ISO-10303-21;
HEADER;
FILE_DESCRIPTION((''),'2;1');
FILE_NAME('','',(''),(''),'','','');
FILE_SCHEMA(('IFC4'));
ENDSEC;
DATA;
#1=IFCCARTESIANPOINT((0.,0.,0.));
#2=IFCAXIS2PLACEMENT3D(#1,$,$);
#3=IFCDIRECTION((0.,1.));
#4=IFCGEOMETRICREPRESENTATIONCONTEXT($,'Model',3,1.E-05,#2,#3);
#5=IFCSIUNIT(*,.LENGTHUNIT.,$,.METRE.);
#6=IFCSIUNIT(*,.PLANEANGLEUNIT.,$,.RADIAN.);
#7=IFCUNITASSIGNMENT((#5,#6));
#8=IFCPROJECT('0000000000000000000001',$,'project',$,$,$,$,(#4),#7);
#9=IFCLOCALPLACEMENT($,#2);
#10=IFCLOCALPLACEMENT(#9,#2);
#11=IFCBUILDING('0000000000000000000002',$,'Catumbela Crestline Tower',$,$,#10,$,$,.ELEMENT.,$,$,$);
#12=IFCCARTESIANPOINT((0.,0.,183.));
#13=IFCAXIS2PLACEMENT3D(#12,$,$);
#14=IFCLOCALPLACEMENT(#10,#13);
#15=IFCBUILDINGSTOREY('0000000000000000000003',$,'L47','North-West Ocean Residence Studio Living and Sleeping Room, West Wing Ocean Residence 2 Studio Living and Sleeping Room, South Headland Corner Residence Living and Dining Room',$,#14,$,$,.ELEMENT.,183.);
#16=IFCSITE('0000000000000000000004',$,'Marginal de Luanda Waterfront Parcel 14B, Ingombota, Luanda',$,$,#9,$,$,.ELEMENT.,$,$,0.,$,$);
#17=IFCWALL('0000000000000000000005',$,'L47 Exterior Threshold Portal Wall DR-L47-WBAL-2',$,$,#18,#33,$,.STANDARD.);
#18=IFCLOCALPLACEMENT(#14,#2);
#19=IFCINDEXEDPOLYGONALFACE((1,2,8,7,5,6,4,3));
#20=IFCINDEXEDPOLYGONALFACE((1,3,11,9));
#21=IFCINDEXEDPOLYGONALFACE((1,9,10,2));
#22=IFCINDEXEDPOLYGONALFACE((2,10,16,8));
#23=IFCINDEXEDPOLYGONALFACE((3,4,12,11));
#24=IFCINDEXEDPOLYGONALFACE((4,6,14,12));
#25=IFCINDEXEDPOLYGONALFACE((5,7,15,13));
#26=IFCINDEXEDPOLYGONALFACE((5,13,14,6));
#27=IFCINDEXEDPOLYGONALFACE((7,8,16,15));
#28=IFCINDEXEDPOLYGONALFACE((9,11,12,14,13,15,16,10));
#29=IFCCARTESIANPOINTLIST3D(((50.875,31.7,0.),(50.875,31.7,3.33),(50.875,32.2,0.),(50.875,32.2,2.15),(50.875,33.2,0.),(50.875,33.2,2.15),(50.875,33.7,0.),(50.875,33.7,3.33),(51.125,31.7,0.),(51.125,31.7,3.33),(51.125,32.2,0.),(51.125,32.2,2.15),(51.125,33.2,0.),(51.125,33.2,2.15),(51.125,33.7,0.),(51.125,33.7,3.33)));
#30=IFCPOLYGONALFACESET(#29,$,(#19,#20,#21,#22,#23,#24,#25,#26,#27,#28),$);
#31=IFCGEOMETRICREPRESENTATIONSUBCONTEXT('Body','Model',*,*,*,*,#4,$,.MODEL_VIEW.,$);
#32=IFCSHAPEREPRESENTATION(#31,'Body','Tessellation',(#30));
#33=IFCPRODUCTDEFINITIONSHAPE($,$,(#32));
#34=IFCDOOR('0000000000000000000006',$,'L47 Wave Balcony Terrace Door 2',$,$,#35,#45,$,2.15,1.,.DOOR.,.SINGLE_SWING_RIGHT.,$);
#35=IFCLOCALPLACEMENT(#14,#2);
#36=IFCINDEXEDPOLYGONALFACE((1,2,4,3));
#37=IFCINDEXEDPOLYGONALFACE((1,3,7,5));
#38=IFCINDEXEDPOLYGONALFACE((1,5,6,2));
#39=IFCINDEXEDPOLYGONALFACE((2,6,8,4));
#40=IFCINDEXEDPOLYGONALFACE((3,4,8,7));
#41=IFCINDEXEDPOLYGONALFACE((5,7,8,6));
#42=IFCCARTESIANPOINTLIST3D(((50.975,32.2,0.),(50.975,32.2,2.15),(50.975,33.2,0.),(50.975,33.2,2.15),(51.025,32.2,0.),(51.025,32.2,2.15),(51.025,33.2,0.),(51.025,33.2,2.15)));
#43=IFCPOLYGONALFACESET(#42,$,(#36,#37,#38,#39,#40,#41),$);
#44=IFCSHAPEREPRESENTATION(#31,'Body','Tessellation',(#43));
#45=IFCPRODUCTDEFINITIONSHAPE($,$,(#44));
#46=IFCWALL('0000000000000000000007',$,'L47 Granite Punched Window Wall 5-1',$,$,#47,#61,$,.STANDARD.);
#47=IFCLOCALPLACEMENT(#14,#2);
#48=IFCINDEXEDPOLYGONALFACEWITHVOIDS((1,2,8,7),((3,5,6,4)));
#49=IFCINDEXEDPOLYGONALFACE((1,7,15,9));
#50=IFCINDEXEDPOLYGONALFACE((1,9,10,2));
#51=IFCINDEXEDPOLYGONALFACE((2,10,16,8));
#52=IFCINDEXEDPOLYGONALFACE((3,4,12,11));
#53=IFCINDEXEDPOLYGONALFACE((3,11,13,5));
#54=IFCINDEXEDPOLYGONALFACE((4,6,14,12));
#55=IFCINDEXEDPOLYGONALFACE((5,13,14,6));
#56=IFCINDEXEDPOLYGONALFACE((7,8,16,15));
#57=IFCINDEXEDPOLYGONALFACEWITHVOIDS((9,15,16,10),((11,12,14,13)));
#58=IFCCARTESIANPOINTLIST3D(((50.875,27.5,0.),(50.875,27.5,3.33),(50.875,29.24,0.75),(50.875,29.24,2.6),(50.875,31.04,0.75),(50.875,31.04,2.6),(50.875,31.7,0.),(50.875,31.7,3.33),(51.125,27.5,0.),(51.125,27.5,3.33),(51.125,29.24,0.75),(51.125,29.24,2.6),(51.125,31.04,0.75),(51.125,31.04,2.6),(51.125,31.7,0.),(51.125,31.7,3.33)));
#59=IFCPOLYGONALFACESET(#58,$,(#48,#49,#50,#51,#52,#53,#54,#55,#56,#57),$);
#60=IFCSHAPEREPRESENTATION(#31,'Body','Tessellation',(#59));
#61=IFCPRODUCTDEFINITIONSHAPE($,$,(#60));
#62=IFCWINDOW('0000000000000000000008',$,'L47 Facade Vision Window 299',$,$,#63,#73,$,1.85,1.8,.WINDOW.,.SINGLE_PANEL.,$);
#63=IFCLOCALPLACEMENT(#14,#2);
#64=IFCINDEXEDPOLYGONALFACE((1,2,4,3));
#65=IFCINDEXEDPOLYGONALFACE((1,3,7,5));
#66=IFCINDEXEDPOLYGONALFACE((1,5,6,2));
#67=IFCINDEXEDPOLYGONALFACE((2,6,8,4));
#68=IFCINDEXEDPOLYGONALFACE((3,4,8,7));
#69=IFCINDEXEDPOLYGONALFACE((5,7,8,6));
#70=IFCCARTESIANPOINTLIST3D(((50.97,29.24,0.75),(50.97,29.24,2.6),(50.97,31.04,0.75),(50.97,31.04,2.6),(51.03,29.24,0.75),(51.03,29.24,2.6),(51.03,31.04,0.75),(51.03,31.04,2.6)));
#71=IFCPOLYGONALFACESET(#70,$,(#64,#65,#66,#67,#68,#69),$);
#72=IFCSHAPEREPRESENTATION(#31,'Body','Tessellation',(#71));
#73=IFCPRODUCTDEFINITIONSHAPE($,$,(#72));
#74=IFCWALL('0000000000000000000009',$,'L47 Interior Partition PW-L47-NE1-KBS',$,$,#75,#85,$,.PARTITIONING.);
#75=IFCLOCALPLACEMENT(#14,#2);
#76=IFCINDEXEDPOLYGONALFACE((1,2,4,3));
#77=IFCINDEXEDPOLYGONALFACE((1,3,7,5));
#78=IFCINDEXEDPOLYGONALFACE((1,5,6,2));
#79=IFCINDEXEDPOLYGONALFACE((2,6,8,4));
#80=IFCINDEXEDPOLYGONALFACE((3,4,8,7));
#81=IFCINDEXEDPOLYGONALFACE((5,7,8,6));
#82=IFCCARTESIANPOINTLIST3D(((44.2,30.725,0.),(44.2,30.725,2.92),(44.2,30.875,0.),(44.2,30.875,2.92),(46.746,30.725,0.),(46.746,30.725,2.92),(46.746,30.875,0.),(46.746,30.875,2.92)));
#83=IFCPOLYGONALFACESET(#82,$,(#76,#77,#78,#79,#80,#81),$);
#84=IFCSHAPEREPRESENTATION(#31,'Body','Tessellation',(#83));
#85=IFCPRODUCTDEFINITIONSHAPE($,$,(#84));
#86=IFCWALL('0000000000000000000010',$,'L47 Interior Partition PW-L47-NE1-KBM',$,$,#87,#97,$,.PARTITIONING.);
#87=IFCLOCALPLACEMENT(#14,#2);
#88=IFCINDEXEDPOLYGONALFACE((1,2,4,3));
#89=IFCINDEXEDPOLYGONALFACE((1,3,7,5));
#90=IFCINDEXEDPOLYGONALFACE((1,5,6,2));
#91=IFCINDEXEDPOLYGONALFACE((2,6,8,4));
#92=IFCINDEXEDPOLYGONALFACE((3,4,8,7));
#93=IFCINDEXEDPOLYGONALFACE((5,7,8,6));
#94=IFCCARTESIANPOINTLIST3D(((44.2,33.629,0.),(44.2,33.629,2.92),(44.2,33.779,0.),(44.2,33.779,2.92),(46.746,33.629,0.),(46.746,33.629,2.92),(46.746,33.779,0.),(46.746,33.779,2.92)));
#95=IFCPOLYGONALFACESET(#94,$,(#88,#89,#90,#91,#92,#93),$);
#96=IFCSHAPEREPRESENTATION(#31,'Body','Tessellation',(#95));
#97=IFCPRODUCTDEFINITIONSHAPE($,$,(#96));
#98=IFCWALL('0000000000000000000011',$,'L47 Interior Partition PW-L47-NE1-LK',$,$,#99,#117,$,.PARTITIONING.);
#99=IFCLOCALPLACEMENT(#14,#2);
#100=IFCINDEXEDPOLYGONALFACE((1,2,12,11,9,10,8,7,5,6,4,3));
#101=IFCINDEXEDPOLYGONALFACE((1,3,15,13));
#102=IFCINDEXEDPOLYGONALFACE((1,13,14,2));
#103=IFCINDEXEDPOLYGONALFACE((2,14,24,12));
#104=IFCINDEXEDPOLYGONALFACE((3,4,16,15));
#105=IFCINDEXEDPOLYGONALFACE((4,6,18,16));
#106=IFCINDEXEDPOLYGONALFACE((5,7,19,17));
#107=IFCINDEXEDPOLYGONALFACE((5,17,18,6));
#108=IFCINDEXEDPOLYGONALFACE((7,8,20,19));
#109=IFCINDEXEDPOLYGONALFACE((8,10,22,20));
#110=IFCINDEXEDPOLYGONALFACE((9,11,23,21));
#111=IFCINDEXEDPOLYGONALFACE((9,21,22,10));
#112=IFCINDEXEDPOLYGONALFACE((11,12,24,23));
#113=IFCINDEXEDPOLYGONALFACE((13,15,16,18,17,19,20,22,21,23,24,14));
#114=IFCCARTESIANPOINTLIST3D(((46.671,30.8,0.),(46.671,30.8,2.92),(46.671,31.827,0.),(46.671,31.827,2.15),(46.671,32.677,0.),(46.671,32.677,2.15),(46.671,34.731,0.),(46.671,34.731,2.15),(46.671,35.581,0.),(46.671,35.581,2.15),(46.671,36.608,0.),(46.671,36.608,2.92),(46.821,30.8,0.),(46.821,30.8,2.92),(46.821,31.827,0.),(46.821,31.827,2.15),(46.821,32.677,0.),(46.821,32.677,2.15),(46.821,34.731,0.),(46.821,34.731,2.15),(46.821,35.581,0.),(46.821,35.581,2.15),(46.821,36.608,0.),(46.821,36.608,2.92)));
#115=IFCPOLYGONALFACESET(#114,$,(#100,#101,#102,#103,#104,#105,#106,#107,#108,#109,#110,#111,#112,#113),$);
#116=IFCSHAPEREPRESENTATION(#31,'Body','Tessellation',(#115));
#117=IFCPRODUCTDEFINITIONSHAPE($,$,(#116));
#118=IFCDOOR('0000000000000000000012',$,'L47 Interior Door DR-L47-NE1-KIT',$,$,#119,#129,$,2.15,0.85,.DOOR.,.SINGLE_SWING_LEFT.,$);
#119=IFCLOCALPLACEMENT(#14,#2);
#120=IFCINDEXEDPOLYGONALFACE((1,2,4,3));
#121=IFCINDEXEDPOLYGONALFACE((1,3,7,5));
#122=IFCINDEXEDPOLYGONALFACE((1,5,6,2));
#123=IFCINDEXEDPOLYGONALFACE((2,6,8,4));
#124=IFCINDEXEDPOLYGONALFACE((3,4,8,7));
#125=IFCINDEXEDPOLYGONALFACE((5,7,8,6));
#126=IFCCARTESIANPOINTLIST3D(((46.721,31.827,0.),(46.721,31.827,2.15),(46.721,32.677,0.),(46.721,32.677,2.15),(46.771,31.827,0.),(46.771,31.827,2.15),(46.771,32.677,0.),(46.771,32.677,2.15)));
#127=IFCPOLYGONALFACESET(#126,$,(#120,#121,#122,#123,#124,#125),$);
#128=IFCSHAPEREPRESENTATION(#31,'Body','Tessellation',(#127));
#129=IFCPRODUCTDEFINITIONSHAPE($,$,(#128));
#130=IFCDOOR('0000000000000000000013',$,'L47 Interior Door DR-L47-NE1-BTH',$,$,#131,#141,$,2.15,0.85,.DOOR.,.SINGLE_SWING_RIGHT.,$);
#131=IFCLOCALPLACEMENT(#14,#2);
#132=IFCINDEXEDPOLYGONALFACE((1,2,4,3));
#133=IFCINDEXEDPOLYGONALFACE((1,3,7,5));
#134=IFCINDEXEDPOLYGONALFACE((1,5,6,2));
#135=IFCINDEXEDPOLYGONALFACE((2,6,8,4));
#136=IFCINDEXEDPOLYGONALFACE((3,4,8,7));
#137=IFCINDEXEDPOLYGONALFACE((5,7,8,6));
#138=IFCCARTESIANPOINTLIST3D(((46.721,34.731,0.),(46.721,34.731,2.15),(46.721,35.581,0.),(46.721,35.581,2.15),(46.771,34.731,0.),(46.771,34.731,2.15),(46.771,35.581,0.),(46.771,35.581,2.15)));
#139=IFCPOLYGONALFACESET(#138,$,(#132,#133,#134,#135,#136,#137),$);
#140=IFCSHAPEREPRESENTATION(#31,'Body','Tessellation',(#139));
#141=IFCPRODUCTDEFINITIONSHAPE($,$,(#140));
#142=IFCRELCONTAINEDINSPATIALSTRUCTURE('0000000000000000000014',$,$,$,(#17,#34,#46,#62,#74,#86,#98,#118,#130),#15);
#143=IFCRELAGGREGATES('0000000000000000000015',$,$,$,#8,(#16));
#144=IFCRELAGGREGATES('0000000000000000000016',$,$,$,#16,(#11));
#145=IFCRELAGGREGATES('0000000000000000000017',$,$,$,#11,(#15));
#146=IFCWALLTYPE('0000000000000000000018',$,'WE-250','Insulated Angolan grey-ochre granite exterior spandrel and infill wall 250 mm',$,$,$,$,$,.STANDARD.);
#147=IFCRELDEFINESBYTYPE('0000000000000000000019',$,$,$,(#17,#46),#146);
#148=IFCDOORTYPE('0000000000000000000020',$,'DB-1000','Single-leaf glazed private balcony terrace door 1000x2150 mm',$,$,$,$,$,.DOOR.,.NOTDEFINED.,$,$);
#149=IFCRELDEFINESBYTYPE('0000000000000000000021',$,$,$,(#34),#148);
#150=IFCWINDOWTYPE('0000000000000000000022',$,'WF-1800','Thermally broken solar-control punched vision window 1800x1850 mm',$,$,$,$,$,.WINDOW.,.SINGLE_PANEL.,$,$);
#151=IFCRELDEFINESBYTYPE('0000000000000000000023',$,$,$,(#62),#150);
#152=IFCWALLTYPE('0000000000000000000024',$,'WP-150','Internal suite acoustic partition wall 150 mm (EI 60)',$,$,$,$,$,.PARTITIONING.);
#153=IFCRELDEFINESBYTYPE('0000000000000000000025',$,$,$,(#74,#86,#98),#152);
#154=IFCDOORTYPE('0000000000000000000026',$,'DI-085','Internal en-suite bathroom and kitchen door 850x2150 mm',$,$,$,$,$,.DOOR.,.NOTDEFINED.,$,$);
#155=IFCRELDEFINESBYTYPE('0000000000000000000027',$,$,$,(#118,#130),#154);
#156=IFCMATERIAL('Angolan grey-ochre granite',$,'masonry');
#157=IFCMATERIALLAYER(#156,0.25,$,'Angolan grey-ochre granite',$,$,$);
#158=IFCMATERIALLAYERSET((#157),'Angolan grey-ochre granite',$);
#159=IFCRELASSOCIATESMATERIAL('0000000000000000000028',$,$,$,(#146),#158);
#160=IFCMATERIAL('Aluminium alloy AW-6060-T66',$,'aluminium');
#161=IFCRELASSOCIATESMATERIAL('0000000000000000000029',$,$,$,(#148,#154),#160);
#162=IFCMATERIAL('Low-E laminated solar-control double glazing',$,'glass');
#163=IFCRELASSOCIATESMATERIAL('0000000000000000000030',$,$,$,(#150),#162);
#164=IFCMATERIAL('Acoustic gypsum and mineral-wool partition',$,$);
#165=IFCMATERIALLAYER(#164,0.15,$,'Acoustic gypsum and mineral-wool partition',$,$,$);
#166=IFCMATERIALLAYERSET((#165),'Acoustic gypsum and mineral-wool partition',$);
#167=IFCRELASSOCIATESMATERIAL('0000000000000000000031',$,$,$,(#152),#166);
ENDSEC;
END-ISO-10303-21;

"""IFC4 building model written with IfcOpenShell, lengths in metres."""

from ifc_helpers import new_model, si_unit, direction, frame, frame_2d, origin, place, context, subcontext, project, spatial, rectangle, extrude, material, layer, layer_set, type_object, element, fill, save


model = new_model("IFC4")

# Units and contexts
model_context = context("Model", 3, precision=1e-05, world=origin(), true_north=direction((0.0, 1.0)))
body_context = subcontext(model_context, "Body", "Model", "MODEL_VIEW")
ifc_project = project(units=[si_unit("LENGTHUNIT", "METRE"), si_unit("PLANEANGLEUNIT", "RADIAN")], contexts=[model_context])

# Site, building, storey
site_placement = place(None, origin())
site = spatial("IfcSite", under=ifc_project, at=site_placement, Name="Marginal de Luanda Waterfront Parcel 14B, Ingombota, Luanda", CompositionType="ELEMENT", RefElevation=0.0)
building_placement = place(site_placement, origin())
building = spatial("IfcBuilding", under=site, at=building_placement, Name="Catumbela Crestline Tower", CompositionType="ELEMENT")
storey_placement = place(building_placement, frame((0.0, 0.0, 183.0)))
storey = spatial("IfcBuildingStorey", under=building, at=storey_placement, Name="L47", Description="North-West Ocean Residence Studio Living and Sleeping Room, West Wing Ocean Residence 2 Studio Living and Sleeping Room, South Headland Corner Residence Living and Dining Room", CompositionType="ELEMENT", Elevation=183.0)

# Shared definitions
ifc_material_1 = material(Name="Aluminium alloy AW-6060-T66", Category="aluminium")

# Shared definitions
ifc_material_2 = material(Name="Low-E laminated solar-control double glazing", Category="glass")

# Wall, opening, door
ifc_material_3 = material(Name="Acoustic gypsum and mineral-wool partition")
ifc_material_4 = material(Name="Angolan grey-ochre granite", Category="masonry")
ifc_layer_1 = layer(ifc_material_4, 0.25, Name="Angolan grey-ochre granite")
ifc_layer_set_1 = layer_set([ifc_layer_1], Name="Angolan grey-ochre granite")
wall_type_1 = type_object("IfcWallType", Name="WE-250", Description="Insulated Angolan grey-ochre granite exterior spandrel and infill wall 250 mm", PredefinedType="STANDARD", material=ifc_layer_set_1)
wall_1_placement = place(storey_placement, frame((51.0, 31.7, 0.0), z_axis=(0.0, 0.0, 1.0), x_axis=(0.0, 1.0, 0.0)))
wall_1 = element("IfcWall", 1, at=wall_1_placement, inside=storey, type_object=wall_type_1, Name="L47 Exterior Threshold Portal Wall DR-L47-WBAL-2", PredefinedType="STANDARD", context=body_context, shape_type="SweptSolid", body=[
    extrude(rectangle(XDim=2.0, YDim=0.25, at=frame_2d((1.0, 0.0))), origin(), (0.0, 0.0, 1.0), 3.33),
])
opening_1_placement = place(wall_1_placement, frame((0.5, 0.0, 0.0)))
opening_1 = element("IfcOpeningElement", 2, at=opening_1_placement, cuts=wall_1, PredefinedType="OPENING", context=body_context, shape_type="SweptSolid", body=[
    extrude(rectangle(XDim=1.0, YDim=2.15, at=frame_2d((0.5, 1.075))), frame((0.0, 0.135, 0.0), z_axis=(0.0, -1.0, 0.0), x_axis=(1.0, 0.0, 0.0)), (0.0, 0.0, 1.0), 0.27),
])
door_type_1 = type_object("IfcDoorType", Name="DB-1000", Description="Single-leaf glazed private balcony terrace door 1000x2150 mm", OperationType="NOTDEFINED", PredefinedType="DOOR", material=ifc_material_1)
door_1_placement = place(opening_1_placement, origin())
door_1 = element("IfcDoor", 3, at=door_1_placement, inside=storey, type_object=door_type_1, Name="L47 Wave Balcony Terrace Door 2", OperationType="SINGLE_SWING_RIGHT", OverallHeight=2.15, OverallWidth=1.0, PredefinedType="DOOR", context=body_context, shape_type="SweptSolid", body=[
    extrude(rectangle(XDim=1.0, YDim=2.15, at=frame_2d((0.5, 1.075))), frame((0.0, 0.025, 0.0), z_axis=(0.0, -1.0, 0.0), x_axis=(1.0, 0.0, 0.0)), (0.0, 0.0, 1.0), 0.05),
])
fill(opening_1, door_1)

# Wall, opening, window
wall_2_placement = place(storey_placement, frame((51.0, 27.5, 0.0), z_axis=(0.0, 0.0, 1.0), x_axis=(0.0, 1.0, 0.0)))
wall_2 = element("IfcWall", 4, at=wall_2_placement, inside=storey, type_object=wall_type_1, Name="L47 Granite Punched Window Wall 5-1", PredefinedType="STANDARD", context=body_context, shape_type="SweptSolid", body=[
    extrude(rectangle(XDim=4.2, YDim=0.25, at=frame_2d((2.1, 0.0))), origin(), (0.0, 0.0, 1.0), 3.33),
])
opening_2_placement = place(wall_2_placement, frame((1.74, 0.0, 0.75)))
opening_2 = element("IfcOpeningElement", 5, at=opening_2_placement, cuts=wall_2, PredefinedType="OPENING", context=body_context, shape_type="SweptSolid", body=[
    extrude(rectangle(XDim=1.8, YDim=1.85, at=frame_2d((0.9, 0.925))), frame((0.0, 0.135, 0.0), z_axis=(0.0, -1.0, 0.0), x_axis=(1.0, 0.0, 0.0)), (0.0, 0.0, 1.0), 0.27),
])
window_type = type_object("IfcWindowType", Name="WF-1800", Description="Thermally broken solar-control punched vision window 1800x1850 mm", PartitioningType="SINGLE_PANEL", PredefinedType="WINDOW", material=ifc_material_2)
window_placement = place(opening_2_placement, origin())
window = element("IfcWindow", 6, at=window_placement, inside=storey, type_object=window_type, Name="L47 Facade Vision Window 299", OverallHeight=1.85, OverallWidth=1.8, PartitioningType="SINGLE_PANEL", PredefinedType="WINDOW", context=body_context, shape_type="SweptSolid", body=[
    extrude(rectangle(XDim=1.8, YDim=1.85, at=frame_2d((0.9, 0.925))), frame((0.0, 0.03, 0.0), z_axis=(0.0, -1.0, 0.0), x_axis=(1.0, 0.0, 0.0)), (0.0, 0.0, 1.0), 0.06),
])
fill(opening_2, window)

# Walls
ifc_layer_2 = layer(ifc_material_3, 0.15, Name="Acoustic gypsum and mineral-wool partition")
ifc_layer_set_2 = layer_set([ifc_layer_2], Name="Acoustic gypsum and mineral-wool partition")
wall_type_2 = type_object("IfcWallType", Name="WP-150", Description="Internal suite acoustic partition wall 150 mm (EI 60)", PredefinedType="PARTITIONING", material=ifc_layer_set_2)
for number, where, z_axis, x_axis, name in (
    (7, (44.2, 30.8, 0.0), (0.0, 0.0, 1.0), (1.0, 0.0, 0.0), "L47 Interior Partition PW-L47-NE1-KBS"),
    (8, (44.2, 33.704, 0.0), (0.0, 0.0, 1.0), (1.0, 0.0, 0.0), "L47 Interior Partition PW-L47-NE1-KBM"),
):
    element("IfcWall", number, at=place(storey_placement, frame(where, z_axis=z_axis, x_axis=x_axis)), inside=storey, type_object=wall_type_2, Name=name, PredefinedType="PARTITIONING", context=body_context, shape_type="SweptSolid", body=[
        extrude(rectangle(XDim=2.546, YDim=0.15, at=frame_2d((1.273, 0.0))), origin(), (0.0, 0.0, 1.0), 2.92),
    ])

# Wall, openings, doors
wall_3_placement = place(storey_placement, frame((46.746, 30.8, 0.0), z_axis=(0.0, 0.0, 1.0), x_axis=(0.0, 1.0, 0.0)))
wall_3 = element("IfcWall", 9, at=wall_3_placement, inside=storey, type_object=wall_type_2, Name="L47 Interior Partition PW-L47-NE1-LK", PredefinedType="PARTITIONING", context=body_context, shape_type="SweptSolid", body=[
    extrude(rectangle(XDim=5.808, YDim=0.15, at=frame_2d((2.904, 0.0))), origin(), (0.0, 0.0, 1.0), 2.92),
])
opening_3_placement = place(wall_3_placement, frame((1.027, 0.0, 0.0)))
opening_3 = element("IfcOpeningElement", 10, at=opening_3_placement, cuts=wall_3, PredefinedType="OPENING", context=body_context, shape_type="SweptSolid", body=[
    extrude(rectangle(XDim=0.85, YDim=2.15, at=frame_2d((0.425, 1.075))), frame((0.0, 0.085, 0.0), z_axis=(0.0, -1.0, 0.0), x_axis=(1.0, 0.0, 0.0)), (0.0, 0.0, 1.0), 0.17),
])
opening_4_placement = place(wall_3_placement, frame((3.931, 0.0, 0.0)))
opening_4 = element("IfcOpeningElement", 11, at=opening_4_placement, cuts=wall_3, PredefinedType="OPENING", context=body_context, shape_type="SweptSolid", body=[
    extrude(rectangle(XDim=0.85, YDim=2.15, at=frame_2d((0.425, 1.075))), frame((0.0, 0.085, 0.0), z_axis=(0.0, -1.0, 0.0), x_axis=(1.0, 0.0, 0.0)), (0.0, 0.0, 1.0), 0.17),
])
door_type_2 = type_object("IfcDoorType", Name="DI-085", Description="Internal en-suite bathroom and kitchen door 850x2150 mm", OperationType="NOTDEFINED", PredefinedType="DOOR", material=ifc_material_1)
door_2_placement = place(opening_3_placement, origin())
door_2 = element("IfcDoor", 12, at=door_2_placement, inside=storey, type_object=door_type_2, Name="L47 Interior Door DR-L47-NE1-KIT", OperationType="SINGLE_SWING_LEFT", OverallHeight=2.15, OverallWidth=0.85, PredefinedType="DOOR", context=body_context, shape_type="SweptSolid", body=[
    extrude(rectangle(XDim=0.85, YDim=2.15, at=frame_2d((0.425, 1.075))), frame((0.0, 0.025, 0.0), z_axis=(0.0, -1.0, 0.0), x_axis=(1.0, 0.0, 0.0)), (0.0, 0.0, 1.0), 0.05),
])
fill(opening_3, door_2)
door_3_placement = place(opening_4_placement, origin())
door_3 = element("IfcDoor", 13, at=door_3_placement, inside=storey, type_object=door_type_2, Name="L47 Interior Door DR-L47-NE1-BTH", OperationType="SINGLE_SWING_RIGHT", OverallHeight=2.15, OverallWidth=0.85, PredefinedType="DOOR", context=body_context, shape_type="SweptSolid", body=[
    extrude(rectangle(XDim=0.85, YDim=2.15, at=frame_2d((0.425, 1.075))), frame((0.0, 0.025, 0.0), z_axis=(0.0, -1.0, 0.0), x_axis=(1.0, 0.0, 0.0)), (0.0, 0.0, 1.0), 0.05),
])
fill(opening_4, door_3)

save(model, "model.ifc")
